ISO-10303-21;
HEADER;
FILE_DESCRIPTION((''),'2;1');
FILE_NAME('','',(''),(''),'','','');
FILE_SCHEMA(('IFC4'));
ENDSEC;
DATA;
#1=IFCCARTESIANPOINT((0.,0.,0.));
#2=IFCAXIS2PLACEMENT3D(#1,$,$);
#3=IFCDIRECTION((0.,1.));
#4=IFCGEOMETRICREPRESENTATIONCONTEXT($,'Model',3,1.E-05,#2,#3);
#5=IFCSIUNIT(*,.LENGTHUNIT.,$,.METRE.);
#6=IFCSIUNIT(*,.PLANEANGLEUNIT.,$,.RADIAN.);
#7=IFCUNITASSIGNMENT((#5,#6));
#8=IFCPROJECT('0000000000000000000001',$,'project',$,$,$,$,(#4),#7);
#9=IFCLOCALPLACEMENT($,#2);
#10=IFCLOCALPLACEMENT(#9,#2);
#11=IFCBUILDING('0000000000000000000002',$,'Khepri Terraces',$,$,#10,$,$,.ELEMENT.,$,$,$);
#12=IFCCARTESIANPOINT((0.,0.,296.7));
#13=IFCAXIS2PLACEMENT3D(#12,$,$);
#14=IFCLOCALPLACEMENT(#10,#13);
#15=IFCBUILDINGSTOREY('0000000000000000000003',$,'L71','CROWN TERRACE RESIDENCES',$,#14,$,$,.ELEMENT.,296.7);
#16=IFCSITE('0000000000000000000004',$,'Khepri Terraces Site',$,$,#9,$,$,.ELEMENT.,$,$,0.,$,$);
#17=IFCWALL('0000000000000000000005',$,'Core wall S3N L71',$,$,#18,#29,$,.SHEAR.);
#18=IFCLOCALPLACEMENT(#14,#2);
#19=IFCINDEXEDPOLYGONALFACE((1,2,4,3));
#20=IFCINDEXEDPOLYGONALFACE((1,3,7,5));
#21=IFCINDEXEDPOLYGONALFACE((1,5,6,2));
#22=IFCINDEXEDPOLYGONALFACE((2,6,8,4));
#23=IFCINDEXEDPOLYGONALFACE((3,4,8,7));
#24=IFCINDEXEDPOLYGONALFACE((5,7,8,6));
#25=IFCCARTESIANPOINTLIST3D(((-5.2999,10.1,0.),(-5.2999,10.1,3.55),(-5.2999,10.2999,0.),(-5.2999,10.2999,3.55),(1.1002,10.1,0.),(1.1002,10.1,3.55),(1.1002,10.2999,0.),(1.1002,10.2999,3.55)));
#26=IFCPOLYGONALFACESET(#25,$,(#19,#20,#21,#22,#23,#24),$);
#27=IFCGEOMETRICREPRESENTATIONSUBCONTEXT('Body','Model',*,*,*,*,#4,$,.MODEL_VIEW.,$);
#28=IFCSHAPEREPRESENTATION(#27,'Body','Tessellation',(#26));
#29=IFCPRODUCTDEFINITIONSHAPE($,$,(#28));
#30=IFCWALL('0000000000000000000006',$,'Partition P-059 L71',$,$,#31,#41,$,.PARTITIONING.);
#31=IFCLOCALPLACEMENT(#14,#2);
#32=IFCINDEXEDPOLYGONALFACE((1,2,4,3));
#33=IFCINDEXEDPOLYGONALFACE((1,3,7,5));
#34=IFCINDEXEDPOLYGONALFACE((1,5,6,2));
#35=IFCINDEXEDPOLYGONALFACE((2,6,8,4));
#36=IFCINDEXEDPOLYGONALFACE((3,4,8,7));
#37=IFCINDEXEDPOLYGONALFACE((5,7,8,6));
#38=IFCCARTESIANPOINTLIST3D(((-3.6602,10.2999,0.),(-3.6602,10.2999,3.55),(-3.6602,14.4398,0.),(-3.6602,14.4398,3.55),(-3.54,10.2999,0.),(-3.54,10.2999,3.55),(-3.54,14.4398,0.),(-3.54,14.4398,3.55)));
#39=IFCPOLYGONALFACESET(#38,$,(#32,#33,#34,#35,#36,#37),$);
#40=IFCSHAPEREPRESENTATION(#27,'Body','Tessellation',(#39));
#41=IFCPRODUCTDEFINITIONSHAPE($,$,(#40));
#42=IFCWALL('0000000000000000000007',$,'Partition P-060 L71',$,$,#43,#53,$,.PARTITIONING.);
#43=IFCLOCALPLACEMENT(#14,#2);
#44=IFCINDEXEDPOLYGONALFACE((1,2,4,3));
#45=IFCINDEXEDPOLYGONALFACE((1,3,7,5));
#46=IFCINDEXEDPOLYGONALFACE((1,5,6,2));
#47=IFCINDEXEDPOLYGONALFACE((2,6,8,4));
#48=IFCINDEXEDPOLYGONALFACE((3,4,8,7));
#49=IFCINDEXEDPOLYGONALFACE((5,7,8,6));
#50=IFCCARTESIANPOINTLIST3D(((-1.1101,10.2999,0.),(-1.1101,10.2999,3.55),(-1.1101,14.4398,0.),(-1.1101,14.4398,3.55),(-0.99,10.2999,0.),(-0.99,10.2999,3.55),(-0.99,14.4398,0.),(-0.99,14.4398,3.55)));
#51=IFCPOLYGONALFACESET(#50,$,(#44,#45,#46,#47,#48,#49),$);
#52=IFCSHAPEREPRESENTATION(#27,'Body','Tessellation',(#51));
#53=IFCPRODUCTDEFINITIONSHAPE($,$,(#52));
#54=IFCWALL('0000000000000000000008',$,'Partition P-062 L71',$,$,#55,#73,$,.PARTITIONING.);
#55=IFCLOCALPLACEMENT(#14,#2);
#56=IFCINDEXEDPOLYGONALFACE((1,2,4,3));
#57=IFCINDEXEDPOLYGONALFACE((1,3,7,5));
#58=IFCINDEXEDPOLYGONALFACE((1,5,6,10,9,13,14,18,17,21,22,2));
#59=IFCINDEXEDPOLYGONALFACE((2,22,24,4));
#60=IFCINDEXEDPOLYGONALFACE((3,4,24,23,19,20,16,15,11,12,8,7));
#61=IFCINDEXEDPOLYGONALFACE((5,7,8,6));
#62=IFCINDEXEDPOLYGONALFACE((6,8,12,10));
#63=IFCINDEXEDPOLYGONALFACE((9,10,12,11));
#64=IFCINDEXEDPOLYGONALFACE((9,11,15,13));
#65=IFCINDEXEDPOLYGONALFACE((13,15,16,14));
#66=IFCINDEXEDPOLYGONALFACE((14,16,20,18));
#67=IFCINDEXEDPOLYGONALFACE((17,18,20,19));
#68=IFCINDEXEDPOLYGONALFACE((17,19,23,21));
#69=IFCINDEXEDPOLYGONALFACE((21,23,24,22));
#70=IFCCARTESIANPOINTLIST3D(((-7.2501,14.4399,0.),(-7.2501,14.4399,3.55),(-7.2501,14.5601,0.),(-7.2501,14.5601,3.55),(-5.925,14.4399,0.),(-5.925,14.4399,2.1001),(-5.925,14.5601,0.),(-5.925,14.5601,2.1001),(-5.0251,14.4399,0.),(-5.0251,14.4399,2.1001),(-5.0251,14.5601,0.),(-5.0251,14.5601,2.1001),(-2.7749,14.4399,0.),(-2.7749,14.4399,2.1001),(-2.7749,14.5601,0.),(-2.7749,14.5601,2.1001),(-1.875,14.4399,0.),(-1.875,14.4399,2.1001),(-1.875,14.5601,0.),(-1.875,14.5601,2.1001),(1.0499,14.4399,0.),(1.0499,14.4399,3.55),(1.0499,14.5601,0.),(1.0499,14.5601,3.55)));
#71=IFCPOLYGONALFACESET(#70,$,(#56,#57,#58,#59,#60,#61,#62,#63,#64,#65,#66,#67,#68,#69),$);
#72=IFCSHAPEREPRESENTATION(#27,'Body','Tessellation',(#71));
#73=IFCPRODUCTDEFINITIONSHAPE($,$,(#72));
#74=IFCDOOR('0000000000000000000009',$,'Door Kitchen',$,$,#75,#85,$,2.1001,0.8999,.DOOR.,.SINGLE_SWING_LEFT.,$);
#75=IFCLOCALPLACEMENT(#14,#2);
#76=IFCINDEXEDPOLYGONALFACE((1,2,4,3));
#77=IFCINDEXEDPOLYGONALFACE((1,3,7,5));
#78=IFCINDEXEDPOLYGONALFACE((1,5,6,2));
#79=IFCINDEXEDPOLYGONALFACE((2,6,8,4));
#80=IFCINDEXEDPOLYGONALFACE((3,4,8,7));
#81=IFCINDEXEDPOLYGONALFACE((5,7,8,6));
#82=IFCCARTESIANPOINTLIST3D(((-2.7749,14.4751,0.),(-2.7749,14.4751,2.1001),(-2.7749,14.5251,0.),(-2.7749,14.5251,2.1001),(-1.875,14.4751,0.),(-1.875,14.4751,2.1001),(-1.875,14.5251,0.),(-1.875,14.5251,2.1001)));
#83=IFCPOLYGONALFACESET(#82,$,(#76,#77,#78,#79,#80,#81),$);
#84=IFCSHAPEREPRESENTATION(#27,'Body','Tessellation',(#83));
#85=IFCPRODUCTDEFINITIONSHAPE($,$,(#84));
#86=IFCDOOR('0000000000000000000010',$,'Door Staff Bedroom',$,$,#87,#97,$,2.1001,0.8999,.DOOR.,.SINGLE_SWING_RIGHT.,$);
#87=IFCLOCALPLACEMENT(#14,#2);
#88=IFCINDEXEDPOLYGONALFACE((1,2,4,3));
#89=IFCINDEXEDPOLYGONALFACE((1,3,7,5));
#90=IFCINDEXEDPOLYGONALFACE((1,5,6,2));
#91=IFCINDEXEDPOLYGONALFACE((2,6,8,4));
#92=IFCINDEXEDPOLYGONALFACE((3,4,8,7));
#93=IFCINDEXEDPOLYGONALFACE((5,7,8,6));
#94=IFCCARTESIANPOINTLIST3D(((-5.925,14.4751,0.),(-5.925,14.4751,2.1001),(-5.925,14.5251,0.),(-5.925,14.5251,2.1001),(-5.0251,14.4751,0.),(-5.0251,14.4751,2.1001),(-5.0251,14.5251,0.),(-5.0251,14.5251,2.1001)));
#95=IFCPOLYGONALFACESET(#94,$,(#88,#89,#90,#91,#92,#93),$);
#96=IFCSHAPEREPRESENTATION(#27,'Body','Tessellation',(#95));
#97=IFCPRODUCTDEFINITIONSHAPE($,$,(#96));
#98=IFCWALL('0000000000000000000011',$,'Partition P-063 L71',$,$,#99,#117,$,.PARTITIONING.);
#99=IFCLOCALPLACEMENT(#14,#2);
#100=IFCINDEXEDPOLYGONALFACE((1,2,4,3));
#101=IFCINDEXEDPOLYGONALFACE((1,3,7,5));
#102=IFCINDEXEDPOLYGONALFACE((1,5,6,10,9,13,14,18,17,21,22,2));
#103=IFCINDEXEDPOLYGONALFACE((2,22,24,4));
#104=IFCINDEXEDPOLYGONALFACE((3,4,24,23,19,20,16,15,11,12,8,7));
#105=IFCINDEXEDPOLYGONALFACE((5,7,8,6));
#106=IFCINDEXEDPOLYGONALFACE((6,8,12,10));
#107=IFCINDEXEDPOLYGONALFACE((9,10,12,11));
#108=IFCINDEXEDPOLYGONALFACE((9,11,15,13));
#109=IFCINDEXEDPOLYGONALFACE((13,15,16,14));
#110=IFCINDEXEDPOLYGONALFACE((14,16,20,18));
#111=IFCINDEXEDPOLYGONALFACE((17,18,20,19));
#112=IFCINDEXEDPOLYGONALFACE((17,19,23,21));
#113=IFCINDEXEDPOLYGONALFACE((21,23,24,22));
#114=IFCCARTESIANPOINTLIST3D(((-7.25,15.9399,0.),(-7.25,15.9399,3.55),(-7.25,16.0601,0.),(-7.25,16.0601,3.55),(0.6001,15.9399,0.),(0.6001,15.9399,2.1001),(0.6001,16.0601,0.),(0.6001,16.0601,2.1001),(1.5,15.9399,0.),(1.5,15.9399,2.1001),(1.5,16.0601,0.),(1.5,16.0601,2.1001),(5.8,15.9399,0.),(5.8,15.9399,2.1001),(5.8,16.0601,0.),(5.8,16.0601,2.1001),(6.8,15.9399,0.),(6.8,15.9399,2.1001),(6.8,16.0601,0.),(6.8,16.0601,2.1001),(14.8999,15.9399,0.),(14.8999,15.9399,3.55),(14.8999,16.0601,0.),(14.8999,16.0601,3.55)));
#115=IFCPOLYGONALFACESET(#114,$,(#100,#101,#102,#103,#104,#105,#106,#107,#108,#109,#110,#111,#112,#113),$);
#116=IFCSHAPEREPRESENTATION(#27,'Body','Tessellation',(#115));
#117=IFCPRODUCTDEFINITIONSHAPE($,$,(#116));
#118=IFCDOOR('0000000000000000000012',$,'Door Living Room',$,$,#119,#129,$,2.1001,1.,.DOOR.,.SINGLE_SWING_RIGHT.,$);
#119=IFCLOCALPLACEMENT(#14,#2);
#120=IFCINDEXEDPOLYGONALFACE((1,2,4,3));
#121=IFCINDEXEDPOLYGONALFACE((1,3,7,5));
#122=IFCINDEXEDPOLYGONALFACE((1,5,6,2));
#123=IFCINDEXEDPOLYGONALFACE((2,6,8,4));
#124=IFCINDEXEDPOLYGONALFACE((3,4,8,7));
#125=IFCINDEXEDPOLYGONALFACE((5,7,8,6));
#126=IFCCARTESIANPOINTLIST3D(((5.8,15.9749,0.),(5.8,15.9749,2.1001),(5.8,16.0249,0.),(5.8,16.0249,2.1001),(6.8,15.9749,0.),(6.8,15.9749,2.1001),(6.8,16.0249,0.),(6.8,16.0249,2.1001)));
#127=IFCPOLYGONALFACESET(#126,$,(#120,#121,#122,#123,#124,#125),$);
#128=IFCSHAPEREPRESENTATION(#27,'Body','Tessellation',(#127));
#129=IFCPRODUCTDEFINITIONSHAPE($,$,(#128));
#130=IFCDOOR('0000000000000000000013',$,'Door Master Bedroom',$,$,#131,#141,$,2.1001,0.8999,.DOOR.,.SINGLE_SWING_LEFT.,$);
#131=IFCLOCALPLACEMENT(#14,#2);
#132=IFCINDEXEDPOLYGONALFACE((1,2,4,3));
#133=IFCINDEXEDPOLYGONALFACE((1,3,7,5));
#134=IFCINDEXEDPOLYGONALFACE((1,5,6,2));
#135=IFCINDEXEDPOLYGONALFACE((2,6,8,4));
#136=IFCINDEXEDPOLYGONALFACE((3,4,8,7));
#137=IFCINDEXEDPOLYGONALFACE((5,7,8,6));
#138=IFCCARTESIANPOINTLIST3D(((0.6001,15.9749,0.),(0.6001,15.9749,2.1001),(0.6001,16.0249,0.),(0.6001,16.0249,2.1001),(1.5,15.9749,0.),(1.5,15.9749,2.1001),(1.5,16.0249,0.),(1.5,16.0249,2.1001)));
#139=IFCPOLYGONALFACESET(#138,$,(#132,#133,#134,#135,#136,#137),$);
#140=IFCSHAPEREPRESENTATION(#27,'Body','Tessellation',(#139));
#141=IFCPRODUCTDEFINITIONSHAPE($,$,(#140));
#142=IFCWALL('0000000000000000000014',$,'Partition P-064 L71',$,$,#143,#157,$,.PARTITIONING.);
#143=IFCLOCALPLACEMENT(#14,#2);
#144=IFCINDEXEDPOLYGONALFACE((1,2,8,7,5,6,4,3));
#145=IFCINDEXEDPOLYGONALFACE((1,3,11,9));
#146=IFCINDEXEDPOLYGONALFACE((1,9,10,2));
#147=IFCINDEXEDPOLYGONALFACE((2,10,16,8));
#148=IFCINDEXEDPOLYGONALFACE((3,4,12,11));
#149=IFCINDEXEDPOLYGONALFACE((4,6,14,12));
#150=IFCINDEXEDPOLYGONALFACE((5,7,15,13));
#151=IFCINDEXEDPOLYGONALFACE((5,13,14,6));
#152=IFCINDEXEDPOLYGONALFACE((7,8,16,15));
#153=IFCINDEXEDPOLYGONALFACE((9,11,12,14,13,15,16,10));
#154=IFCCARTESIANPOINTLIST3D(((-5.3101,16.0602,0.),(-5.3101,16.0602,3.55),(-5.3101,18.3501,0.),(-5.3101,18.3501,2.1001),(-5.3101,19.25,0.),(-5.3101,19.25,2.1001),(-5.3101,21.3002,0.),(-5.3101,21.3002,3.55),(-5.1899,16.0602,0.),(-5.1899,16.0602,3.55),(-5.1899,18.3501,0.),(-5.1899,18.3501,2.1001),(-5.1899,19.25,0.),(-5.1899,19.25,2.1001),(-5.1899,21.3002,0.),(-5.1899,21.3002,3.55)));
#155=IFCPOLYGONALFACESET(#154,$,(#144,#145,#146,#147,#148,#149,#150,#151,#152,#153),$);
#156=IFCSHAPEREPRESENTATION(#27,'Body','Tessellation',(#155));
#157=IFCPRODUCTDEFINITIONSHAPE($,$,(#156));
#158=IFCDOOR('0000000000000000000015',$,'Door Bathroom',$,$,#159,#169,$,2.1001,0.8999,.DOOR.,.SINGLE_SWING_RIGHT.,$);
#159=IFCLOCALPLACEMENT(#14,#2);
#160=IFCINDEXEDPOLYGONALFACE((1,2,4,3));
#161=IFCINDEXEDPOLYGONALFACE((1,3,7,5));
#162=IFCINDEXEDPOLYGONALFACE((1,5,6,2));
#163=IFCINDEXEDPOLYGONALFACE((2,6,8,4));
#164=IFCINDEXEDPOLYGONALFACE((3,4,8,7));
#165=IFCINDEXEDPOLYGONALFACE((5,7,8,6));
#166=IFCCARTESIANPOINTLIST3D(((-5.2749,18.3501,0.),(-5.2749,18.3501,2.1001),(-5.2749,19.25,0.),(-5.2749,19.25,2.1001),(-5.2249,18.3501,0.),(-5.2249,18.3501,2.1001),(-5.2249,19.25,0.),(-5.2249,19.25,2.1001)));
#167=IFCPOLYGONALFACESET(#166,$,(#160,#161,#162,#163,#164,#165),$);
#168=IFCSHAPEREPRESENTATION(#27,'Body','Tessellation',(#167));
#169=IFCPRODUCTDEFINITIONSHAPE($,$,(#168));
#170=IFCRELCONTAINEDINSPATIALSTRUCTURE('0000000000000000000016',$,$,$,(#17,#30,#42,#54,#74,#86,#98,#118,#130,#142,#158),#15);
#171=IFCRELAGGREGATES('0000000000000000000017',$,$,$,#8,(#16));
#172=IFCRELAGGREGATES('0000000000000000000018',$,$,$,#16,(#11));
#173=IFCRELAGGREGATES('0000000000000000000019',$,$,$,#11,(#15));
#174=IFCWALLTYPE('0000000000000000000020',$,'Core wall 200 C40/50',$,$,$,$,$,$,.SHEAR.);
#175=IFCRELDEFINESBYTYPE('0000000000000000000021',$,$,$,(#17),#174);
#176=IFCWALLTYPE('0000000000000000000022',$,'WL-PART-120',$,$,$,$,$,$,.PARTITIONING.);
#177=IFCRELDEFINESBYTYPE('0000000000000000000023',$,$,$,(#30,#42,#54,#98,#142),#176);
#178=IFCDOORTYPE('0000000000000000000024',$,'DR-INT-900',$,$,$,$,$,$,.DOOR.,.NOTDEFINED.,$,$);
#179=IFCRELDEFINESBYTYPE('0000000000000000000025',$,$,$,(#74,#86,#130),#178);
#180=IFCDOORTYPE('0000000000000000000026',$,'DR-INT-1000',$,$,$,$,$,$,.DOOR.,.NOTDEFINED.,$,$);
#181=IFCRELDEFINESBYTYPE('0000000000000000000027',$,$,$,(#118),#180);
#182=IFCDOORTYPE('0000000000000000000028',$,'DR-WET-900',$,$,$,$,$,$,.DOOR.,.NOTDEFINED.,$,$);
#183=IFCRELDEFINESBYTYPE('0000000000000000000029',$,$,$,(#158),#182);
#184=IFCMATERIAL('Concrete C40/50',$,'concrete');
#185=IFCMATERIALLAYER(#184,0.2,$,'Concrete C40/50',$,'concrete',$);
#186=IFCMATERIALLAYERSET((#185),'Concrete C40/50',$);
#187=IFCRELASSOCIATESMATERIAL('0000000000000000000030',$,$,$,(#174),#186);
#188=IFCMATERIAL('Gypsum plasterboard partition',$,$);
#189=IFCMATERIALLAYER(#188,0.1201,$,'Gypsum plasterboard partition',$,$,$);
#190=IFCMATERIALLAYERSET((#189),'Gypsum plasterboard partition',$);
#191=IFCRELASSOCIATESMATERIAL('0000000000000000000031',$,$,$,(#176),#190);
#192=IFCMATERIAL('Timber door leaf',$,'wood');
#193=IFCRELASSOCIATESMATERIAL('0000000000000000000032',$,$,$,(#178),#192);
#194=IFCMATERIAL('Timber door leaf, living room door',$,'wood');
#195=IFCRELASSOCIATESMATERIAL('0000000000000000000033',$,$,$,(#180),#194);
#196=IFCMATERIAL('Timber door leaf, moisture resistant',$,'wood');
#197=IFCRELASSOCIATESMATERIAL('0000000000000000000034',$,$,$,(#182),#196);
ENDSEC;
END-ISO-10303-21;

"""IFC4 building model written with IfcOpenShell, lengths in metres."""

from ifc_helpers import new_model, si_unit, direction, frame, frame_2d, origin, place, context, subcontext, project, spatial, rectangle, extrude, material, layer, layer_set, type_object, element, fill, save


model = new_model("IFC4")

# Units and contexts
model_context = context("Model", 3, precision=1e-05, world=origin(), true_north=direction((0.0, 1.0)))
body_context = subcontext(model_context, "Body", "Model", "MODEL_VIEW")
ifc_project = project(units=[si_unit("LENGTHUNIT", "METRE"), si_unit("PLANEANGLEUNIT", "RADIAN")], contexts=[model_context])

# Site, building, storey
site_placement = place(None, origin())
site = spatial("IfcSite", under=ifc_project, at=site_placement, Name="Khepri Terraces Site", CompositionType="ELEMENT", RefElevation=0.0)
building_placement = place(site_placement, origin())
building = spatial("IfcBuilding", under=site, at=building_placement, Name="Khepri Terraces", CompositionType="ELEMENT")
storey_placement = place(building_placement, frame((0.0, 0.0, 296.7)))
storey = spatial("IfcBuildingStorey", under=building, at=storey_placement, Name="L71", Description="CROWN TERRACE RESIDENCES", CompositionType="ELEMENT", Elevation=296.7)

# Walls
ifc_material_1 = material(Name="Concrete C40/50", Category="concrete")
ifc_layer_1 = layer(ifc_material_1, 0.2, Name="Concrete C40/50", Category="concrete")
ifc_layer_set_1 = layer_set([ifc_layer_1], Name="Concrete C40/50")
wall_type_1 = type_object("IfcWallType", Name="Core wall 200 C40/50", PredefinedType="SHEAR", material=ifc_layer_set_1)
wall_1_placement = place(storey_placement, frame((-5.3, 10.2, 0.0), z_axis=(0.0, 0.0, 1.0), x_axis=(1.0, 0.0, 0.0)))
element("IfcWall", 1, at=wall_1_placement, inside=storey, type_object=wall_type_1, Name="Core wall S3N L71", PredefinedType="SHEAR", context=body_context, shape_type="SweptSolid", body=[
    extrude(rectangle(XDim=6.4001, YDim=0.2, at=frame_2d((3.2002, 0.0))), origin(), (0.0, 0.0, 1.0), 3.55),
])
ifc_material_2 = material(Name="Gypsum plasterboard partition")
ifc_layer_2 = layer(ifc_material_2, 0.1201, Name="Gypsum plasterboard partition")
ifc_layer_set_2 = layer_set([ifc_layer_2], Name="Gypsum plasterboard partition")
wall_type_2 = type_object("IfcWallType", Name="WL-PART-120", PredefinedType="PARTITIONING", material=ifc_layer_set_2)
for number, where, z_axis, x_axis, name in (
    (2, (-3.6001, 10.3, 0.0), (0.0, 0.0, 1.0), (0.0, 1.0, 0.0), "Partition P-059 L71"),
    (3, (-1.05, 10.3, 0.0), (0.0, 0.0, 1.0), (0.0, 1.0, 0.0), "Partition P-060 L71"),
):
    element("IfcWall", number, at=place(storey_placement, frame(where, z_axis=z_axis, x_axis=x_axis)), inside=storey, type_object=wall_type_2, Name=name, PredefinedType="PARTITIONING", context=body_context, shape_type="SweptSolid", body=[
        extrude(rectangle(XDim=4.1399, YDim=0.1201, at=frame_2d((2.0698, 0.0))), origin(), (0.0, 0.0, 1.0), 3.55),
    ])

# Walls, openings, doors
wall_2_placement = place(storey_placement, frame((-7.25, 14.5, 0.0), z_axis=(0.0, 0.0, 1.0), x_axis=(1.0, 0.0, 0.0)))
wall_2 = element("IfcWall", 4, at=wall_2_placement, inside=storey, type_object=wall_type_2, Name="Partition P-062 L71", PredefinedType="PARTITIONING", context=body_context, shape_type="SweptSolid", body=[
    extrude(rectangle(XDim=8.3, YDim=0.1201, at=frame_2d((4.1499, 0.0))), origin(), (0.0, 0.0, 1.0), 3.55),
])
opening_1_placement = place(wall_2_placement, frame((4.4751, 0.0, 0.0)))
opening_1 = element("IfcOpeningElement", 5, at=opening_1_placement, cuts=wall_2, PredefinedType="OPENING", context=body_context, shape_type="SweptSolid", body=[
    extrude(rectangle(XDim=0.8999, YDim=2.1001, at=frame_2d((0.45, 1.05))), frame((0.0, 0.0701, 0.0), z_axis=(0.0, -1.0, 0.0), x_axis=(1.0, 0.0, 0.0)), (0.0, 0.0, 1.0), 0.1401),
])
opening_2_placement = place(wall_2_placement, frame((1.325, 0.0, 0.0)))
opening_2 = element("IfcOpeningElement", 6, at=opening_2_placement, cuts=wall_2, PredefinedType="OPENING", context=body_context, shape_type="SweptSolid", body=[
    extrude(rectangle(XDim=0.8999, YDim=2.1001, at=frame_2d((0.45, 1.05))), frame((0.0, 0.0701, 0.0), z_axis=(0.0, -1.0, 0.0), x_axis=(1.0, 0.0, 0.0)), (0.0, 0.0, 1.0), 0.1401),
])
ifc_material_3 = material(Name="Timber door leaf", Category="wood")
door_type_1 = type_object("IfcDoorType", Name="DR-INT-900", OperationType="NOTDEFINED", PredefinedType="DOOR", material=ifc_material_3)
door_1_placement = place(opening_1_placement, frame((0.8999, 0.0, 0.0), z_axis=(0.0, 0.0, 1.0), x_axis=(-1.0, 0.0, 0.0)))
door_1 = element("IfcDoor", 7, at=door_1_placement, inside=storey, type_object=door_type_1, Name="Door Kitchen", OperationType="SINGLE_SWING_LEFT", OverallHeight=2.1001, OverallWidth=0.8999, PredefinedType="DOOR", context=body_context, shape_type="SweptSolid", body=[
    extrude(rectangle(XDim=0.8999, YDim=2.1001, at=frame_2d((0.45, 1.05))), frame((0.0, 0.0249, 0.0), z_axis=(0.0, -1.0, 0.0), x_axis=(1.0, 0.0, 0.0)), (0.0, 0.0, 1.0), 0.05),
])
fill(opening_1, door_1)
door_2_placement = place(opening_2_placement, frame((0.8999, 0.0, 0.0), z_axis=(0.0, 0.0, 1.0), x_axis=(-1.0, 0.0, 0.0)))
door_2 = element("IfcDoor", 8, at=door_2_placement, inside=storey, type_object=door_type_1, Name="Door Staff Bedroom", OperationType="SINGLE_SWING_RIGHT", OverallHeight=2.1001, OverallWidth=0.8999, PredefinedType="DOOR", context=body_context, shape_type="SweptSolid", body=[
    extrude(rectangle(XDim=0.8999, YDim=2.1001, at=frame_2d((0.45, 1.05))), frame((0.0, 0.0249, 0.0), z_axis=(0.0, -1.0, 0.0), x_axis=(1.0, 0.0, 0.0)), (0.0, 0.0, 1.0), 0.05),
])
fill(opening_2, door_2)
wall_3_placement = place(storey_placement, frame((-7.25, 16.0, 0.0), z_axis=(0.0, 0.0, 1.0), x_axis=(1.0, 0.0, 0.0)))
wall_3 = element("IfcWall", 9, at=wall_3_placement, inside=storey, type_object=wall_type_2, Name="Partition P-063 L71", PredefinedType="PARTITIONING", context=body_context, shape_type="SweptSolid", body=[
    extrude(rectangle(XDim=22.1499, YDim=0.1201, at=frame_2d((11.075, 0.0))), origin(), (0.0, 0.0, 1.0), 3.55),
])
opening_3_placement = place(wall_3_placement, frame((13.05, 0.0, 0.0)))
opening_3 = element("IfcOpeningElement", 10, at=opening_3_placement, cuts=wall_3, PredefinedType="OPENING", context=body_context, shape_type="SweptSolid", body=[
    extrude(rectangle(XDim=1.0, YDim=2.1001, at=frame_2d((0.5, 1.05))), frame((0.0, 0.0701, 0.0), z_axis=(0.0, -1.0, 0.0), x_axis=(1.0, 0.0, 0.0)), (0.0, 0.0, 1.0), 0.1401),
])
opening_4_placement = place(wall_3_placement, frame((7.8501, 0.0, 0.0)))
opening_4 = element("IfcOpeningElement", 11, at=opening_4_placement, cuts=wall_3, PredefinedType="OPENING", context=body_context, shape_type="SweptSolid", body=[
    extrude(rectangle(XDim=0.8999, YDim=2.1001, at=frame_2d((0.45, 1.05))), frame((0.0, 0.0701, 0.0), z_axis=(0.0, -1.0, 0.0), x_axis=(1.0, 0.0, 0.0)), (0.0, 0.0, 1.0), 0.1401),
])
ifc_material_4 = material(Name="Timber door leaf, living room door", Category="wood")
door_type_2 = type_object("IfcDoorType", Name="DR-INT-1000", OperationType="NOTDEFINED", PredefinedType="DOOR", material=ifc_material_4)
door_3_placement = place(opening_3_placement, origin())
door_3 = element("IfcDoor", 12, at=door_3_placement, inside=storey, type_object=door_type_2, Name="Door Living Room", OperationType="SINGLE_SWING_RIGHT", OverallHeight=2.1001, OverallWidth=1.0, PredefinedType="DOOR", context=body_context, shape_type="SweptSolid", body=[
    extrude(rectangle(XDim=1.0, YDim=2.1001, at=frame_2d((0.5, 1.05))), frame((0.0, 0.0249, 0.0), z_axis=(0.0, -1.0, 0.0), x_axis=(1.0, 0.0, 0.0)), (0.0, 0.0, 1.0), 0.05),
])
fill(opening_3, door_3)
door_4_placement = place(opening_4_placement, origin())
door_4 = element("IfcDoor", 13, at=door_4_placement, inside=storey, type_object=door_type_1, Name="Door Master Bedroom", OperationType="SINGLE_SWING_LEFT", OverallHeight=2.1001, OverallWidth=0.8999, PredefinedType="DOOR", context=body_context, shape_type="SweptSolid", body=[
    extrude(rectangle(XDim=0.8999, YDim=2.1001, at=frame_2d((0.45, 1.05))), frame((0.0, 0.0249, 0.0), z_axis=(0.0, -1.0, 0.0), x_axis=(1.0, 0.0, 0.0)), (0.0, 0.0, 1.0), 0.05),
])
fill(opening_4, door_4)

# Wall, opening, door
wall_4_placement = place(storey_placement, frame((-5.25, 16.0601, 0.0), z_axis=(0.0, 0.0, 1.0), x_axis=(0.0, 1.0, 0.0)))
wall_4 = element("IfcWall", 14, at=wall_4_placement, inside=storey, type_object=wall_type_2, Name="Partition P-064 L71", PredefinedType="PARTITIONING", context=body_context, shape_type="SweptSolid", body=[
    extrude(rectangle(XDim=5.24, YDim=0.1201, at=frame_2d((2.6201, 0.0))), origin(), (0.0, 0.0, 1.0), 3.55),
])
opening_5_placement = place(wall_4_placement, frame((2.29, 0.0, 0.0)))
opening_5 = element("IfcOpeningElement", 15, at=opening_5_placement, cuts=wall_4, PredefinedType="OPENING", context=body_context, shape_type="SweptSolid", body=[
    extrude(rectangle(XDim=0.8999, YDim=2.1001, at=frame_2d((0.45, 1.05))), frame((0.0, 0.0701, 0.0), z_axis=(0.0, -1.0, 0.0), x_axis=(1.0, 0.0, 0.0)), (0.0, 0.0, 1.0), 0.1401),
])
ifc_material_5 = material(Name="Timber door leaf, moisture resistant", Category="wood")
door_type_3 = type_object("IfcDoorType", Name="DR-WET-900", OperationType="NOTDEFINED", PredefinedType="DOOR", material=ifc_material_5)
door_5_placement = place(opening_5_placement, origin())
door_5 = element("IfcDoor", 16, at=door_5_placement, inside=storey, type_object=door_type_3, Name="Door Bathroom", OperationType="SINGLE_SWING_RIGHT", OverallHeight=2.1001, OverallWidth=0.8999, PredefinedType="DOOR", context=body_context, shape_type="SweptSolid", body=[
    extrude(rectangle(XDim=0.8999, YDim=2.1001, at=frame_2d((0.45, 1.05))), frame((0.0, 0.0249, 0.0), z_axis=(0.0, -1.0, 0.0), x_axis=(1.0, 0.0, 0.0)), (0.0, 0.0, 1.0), 0.05),
])
fill(opening_5, door_5)

save(model, "model.ifc")
